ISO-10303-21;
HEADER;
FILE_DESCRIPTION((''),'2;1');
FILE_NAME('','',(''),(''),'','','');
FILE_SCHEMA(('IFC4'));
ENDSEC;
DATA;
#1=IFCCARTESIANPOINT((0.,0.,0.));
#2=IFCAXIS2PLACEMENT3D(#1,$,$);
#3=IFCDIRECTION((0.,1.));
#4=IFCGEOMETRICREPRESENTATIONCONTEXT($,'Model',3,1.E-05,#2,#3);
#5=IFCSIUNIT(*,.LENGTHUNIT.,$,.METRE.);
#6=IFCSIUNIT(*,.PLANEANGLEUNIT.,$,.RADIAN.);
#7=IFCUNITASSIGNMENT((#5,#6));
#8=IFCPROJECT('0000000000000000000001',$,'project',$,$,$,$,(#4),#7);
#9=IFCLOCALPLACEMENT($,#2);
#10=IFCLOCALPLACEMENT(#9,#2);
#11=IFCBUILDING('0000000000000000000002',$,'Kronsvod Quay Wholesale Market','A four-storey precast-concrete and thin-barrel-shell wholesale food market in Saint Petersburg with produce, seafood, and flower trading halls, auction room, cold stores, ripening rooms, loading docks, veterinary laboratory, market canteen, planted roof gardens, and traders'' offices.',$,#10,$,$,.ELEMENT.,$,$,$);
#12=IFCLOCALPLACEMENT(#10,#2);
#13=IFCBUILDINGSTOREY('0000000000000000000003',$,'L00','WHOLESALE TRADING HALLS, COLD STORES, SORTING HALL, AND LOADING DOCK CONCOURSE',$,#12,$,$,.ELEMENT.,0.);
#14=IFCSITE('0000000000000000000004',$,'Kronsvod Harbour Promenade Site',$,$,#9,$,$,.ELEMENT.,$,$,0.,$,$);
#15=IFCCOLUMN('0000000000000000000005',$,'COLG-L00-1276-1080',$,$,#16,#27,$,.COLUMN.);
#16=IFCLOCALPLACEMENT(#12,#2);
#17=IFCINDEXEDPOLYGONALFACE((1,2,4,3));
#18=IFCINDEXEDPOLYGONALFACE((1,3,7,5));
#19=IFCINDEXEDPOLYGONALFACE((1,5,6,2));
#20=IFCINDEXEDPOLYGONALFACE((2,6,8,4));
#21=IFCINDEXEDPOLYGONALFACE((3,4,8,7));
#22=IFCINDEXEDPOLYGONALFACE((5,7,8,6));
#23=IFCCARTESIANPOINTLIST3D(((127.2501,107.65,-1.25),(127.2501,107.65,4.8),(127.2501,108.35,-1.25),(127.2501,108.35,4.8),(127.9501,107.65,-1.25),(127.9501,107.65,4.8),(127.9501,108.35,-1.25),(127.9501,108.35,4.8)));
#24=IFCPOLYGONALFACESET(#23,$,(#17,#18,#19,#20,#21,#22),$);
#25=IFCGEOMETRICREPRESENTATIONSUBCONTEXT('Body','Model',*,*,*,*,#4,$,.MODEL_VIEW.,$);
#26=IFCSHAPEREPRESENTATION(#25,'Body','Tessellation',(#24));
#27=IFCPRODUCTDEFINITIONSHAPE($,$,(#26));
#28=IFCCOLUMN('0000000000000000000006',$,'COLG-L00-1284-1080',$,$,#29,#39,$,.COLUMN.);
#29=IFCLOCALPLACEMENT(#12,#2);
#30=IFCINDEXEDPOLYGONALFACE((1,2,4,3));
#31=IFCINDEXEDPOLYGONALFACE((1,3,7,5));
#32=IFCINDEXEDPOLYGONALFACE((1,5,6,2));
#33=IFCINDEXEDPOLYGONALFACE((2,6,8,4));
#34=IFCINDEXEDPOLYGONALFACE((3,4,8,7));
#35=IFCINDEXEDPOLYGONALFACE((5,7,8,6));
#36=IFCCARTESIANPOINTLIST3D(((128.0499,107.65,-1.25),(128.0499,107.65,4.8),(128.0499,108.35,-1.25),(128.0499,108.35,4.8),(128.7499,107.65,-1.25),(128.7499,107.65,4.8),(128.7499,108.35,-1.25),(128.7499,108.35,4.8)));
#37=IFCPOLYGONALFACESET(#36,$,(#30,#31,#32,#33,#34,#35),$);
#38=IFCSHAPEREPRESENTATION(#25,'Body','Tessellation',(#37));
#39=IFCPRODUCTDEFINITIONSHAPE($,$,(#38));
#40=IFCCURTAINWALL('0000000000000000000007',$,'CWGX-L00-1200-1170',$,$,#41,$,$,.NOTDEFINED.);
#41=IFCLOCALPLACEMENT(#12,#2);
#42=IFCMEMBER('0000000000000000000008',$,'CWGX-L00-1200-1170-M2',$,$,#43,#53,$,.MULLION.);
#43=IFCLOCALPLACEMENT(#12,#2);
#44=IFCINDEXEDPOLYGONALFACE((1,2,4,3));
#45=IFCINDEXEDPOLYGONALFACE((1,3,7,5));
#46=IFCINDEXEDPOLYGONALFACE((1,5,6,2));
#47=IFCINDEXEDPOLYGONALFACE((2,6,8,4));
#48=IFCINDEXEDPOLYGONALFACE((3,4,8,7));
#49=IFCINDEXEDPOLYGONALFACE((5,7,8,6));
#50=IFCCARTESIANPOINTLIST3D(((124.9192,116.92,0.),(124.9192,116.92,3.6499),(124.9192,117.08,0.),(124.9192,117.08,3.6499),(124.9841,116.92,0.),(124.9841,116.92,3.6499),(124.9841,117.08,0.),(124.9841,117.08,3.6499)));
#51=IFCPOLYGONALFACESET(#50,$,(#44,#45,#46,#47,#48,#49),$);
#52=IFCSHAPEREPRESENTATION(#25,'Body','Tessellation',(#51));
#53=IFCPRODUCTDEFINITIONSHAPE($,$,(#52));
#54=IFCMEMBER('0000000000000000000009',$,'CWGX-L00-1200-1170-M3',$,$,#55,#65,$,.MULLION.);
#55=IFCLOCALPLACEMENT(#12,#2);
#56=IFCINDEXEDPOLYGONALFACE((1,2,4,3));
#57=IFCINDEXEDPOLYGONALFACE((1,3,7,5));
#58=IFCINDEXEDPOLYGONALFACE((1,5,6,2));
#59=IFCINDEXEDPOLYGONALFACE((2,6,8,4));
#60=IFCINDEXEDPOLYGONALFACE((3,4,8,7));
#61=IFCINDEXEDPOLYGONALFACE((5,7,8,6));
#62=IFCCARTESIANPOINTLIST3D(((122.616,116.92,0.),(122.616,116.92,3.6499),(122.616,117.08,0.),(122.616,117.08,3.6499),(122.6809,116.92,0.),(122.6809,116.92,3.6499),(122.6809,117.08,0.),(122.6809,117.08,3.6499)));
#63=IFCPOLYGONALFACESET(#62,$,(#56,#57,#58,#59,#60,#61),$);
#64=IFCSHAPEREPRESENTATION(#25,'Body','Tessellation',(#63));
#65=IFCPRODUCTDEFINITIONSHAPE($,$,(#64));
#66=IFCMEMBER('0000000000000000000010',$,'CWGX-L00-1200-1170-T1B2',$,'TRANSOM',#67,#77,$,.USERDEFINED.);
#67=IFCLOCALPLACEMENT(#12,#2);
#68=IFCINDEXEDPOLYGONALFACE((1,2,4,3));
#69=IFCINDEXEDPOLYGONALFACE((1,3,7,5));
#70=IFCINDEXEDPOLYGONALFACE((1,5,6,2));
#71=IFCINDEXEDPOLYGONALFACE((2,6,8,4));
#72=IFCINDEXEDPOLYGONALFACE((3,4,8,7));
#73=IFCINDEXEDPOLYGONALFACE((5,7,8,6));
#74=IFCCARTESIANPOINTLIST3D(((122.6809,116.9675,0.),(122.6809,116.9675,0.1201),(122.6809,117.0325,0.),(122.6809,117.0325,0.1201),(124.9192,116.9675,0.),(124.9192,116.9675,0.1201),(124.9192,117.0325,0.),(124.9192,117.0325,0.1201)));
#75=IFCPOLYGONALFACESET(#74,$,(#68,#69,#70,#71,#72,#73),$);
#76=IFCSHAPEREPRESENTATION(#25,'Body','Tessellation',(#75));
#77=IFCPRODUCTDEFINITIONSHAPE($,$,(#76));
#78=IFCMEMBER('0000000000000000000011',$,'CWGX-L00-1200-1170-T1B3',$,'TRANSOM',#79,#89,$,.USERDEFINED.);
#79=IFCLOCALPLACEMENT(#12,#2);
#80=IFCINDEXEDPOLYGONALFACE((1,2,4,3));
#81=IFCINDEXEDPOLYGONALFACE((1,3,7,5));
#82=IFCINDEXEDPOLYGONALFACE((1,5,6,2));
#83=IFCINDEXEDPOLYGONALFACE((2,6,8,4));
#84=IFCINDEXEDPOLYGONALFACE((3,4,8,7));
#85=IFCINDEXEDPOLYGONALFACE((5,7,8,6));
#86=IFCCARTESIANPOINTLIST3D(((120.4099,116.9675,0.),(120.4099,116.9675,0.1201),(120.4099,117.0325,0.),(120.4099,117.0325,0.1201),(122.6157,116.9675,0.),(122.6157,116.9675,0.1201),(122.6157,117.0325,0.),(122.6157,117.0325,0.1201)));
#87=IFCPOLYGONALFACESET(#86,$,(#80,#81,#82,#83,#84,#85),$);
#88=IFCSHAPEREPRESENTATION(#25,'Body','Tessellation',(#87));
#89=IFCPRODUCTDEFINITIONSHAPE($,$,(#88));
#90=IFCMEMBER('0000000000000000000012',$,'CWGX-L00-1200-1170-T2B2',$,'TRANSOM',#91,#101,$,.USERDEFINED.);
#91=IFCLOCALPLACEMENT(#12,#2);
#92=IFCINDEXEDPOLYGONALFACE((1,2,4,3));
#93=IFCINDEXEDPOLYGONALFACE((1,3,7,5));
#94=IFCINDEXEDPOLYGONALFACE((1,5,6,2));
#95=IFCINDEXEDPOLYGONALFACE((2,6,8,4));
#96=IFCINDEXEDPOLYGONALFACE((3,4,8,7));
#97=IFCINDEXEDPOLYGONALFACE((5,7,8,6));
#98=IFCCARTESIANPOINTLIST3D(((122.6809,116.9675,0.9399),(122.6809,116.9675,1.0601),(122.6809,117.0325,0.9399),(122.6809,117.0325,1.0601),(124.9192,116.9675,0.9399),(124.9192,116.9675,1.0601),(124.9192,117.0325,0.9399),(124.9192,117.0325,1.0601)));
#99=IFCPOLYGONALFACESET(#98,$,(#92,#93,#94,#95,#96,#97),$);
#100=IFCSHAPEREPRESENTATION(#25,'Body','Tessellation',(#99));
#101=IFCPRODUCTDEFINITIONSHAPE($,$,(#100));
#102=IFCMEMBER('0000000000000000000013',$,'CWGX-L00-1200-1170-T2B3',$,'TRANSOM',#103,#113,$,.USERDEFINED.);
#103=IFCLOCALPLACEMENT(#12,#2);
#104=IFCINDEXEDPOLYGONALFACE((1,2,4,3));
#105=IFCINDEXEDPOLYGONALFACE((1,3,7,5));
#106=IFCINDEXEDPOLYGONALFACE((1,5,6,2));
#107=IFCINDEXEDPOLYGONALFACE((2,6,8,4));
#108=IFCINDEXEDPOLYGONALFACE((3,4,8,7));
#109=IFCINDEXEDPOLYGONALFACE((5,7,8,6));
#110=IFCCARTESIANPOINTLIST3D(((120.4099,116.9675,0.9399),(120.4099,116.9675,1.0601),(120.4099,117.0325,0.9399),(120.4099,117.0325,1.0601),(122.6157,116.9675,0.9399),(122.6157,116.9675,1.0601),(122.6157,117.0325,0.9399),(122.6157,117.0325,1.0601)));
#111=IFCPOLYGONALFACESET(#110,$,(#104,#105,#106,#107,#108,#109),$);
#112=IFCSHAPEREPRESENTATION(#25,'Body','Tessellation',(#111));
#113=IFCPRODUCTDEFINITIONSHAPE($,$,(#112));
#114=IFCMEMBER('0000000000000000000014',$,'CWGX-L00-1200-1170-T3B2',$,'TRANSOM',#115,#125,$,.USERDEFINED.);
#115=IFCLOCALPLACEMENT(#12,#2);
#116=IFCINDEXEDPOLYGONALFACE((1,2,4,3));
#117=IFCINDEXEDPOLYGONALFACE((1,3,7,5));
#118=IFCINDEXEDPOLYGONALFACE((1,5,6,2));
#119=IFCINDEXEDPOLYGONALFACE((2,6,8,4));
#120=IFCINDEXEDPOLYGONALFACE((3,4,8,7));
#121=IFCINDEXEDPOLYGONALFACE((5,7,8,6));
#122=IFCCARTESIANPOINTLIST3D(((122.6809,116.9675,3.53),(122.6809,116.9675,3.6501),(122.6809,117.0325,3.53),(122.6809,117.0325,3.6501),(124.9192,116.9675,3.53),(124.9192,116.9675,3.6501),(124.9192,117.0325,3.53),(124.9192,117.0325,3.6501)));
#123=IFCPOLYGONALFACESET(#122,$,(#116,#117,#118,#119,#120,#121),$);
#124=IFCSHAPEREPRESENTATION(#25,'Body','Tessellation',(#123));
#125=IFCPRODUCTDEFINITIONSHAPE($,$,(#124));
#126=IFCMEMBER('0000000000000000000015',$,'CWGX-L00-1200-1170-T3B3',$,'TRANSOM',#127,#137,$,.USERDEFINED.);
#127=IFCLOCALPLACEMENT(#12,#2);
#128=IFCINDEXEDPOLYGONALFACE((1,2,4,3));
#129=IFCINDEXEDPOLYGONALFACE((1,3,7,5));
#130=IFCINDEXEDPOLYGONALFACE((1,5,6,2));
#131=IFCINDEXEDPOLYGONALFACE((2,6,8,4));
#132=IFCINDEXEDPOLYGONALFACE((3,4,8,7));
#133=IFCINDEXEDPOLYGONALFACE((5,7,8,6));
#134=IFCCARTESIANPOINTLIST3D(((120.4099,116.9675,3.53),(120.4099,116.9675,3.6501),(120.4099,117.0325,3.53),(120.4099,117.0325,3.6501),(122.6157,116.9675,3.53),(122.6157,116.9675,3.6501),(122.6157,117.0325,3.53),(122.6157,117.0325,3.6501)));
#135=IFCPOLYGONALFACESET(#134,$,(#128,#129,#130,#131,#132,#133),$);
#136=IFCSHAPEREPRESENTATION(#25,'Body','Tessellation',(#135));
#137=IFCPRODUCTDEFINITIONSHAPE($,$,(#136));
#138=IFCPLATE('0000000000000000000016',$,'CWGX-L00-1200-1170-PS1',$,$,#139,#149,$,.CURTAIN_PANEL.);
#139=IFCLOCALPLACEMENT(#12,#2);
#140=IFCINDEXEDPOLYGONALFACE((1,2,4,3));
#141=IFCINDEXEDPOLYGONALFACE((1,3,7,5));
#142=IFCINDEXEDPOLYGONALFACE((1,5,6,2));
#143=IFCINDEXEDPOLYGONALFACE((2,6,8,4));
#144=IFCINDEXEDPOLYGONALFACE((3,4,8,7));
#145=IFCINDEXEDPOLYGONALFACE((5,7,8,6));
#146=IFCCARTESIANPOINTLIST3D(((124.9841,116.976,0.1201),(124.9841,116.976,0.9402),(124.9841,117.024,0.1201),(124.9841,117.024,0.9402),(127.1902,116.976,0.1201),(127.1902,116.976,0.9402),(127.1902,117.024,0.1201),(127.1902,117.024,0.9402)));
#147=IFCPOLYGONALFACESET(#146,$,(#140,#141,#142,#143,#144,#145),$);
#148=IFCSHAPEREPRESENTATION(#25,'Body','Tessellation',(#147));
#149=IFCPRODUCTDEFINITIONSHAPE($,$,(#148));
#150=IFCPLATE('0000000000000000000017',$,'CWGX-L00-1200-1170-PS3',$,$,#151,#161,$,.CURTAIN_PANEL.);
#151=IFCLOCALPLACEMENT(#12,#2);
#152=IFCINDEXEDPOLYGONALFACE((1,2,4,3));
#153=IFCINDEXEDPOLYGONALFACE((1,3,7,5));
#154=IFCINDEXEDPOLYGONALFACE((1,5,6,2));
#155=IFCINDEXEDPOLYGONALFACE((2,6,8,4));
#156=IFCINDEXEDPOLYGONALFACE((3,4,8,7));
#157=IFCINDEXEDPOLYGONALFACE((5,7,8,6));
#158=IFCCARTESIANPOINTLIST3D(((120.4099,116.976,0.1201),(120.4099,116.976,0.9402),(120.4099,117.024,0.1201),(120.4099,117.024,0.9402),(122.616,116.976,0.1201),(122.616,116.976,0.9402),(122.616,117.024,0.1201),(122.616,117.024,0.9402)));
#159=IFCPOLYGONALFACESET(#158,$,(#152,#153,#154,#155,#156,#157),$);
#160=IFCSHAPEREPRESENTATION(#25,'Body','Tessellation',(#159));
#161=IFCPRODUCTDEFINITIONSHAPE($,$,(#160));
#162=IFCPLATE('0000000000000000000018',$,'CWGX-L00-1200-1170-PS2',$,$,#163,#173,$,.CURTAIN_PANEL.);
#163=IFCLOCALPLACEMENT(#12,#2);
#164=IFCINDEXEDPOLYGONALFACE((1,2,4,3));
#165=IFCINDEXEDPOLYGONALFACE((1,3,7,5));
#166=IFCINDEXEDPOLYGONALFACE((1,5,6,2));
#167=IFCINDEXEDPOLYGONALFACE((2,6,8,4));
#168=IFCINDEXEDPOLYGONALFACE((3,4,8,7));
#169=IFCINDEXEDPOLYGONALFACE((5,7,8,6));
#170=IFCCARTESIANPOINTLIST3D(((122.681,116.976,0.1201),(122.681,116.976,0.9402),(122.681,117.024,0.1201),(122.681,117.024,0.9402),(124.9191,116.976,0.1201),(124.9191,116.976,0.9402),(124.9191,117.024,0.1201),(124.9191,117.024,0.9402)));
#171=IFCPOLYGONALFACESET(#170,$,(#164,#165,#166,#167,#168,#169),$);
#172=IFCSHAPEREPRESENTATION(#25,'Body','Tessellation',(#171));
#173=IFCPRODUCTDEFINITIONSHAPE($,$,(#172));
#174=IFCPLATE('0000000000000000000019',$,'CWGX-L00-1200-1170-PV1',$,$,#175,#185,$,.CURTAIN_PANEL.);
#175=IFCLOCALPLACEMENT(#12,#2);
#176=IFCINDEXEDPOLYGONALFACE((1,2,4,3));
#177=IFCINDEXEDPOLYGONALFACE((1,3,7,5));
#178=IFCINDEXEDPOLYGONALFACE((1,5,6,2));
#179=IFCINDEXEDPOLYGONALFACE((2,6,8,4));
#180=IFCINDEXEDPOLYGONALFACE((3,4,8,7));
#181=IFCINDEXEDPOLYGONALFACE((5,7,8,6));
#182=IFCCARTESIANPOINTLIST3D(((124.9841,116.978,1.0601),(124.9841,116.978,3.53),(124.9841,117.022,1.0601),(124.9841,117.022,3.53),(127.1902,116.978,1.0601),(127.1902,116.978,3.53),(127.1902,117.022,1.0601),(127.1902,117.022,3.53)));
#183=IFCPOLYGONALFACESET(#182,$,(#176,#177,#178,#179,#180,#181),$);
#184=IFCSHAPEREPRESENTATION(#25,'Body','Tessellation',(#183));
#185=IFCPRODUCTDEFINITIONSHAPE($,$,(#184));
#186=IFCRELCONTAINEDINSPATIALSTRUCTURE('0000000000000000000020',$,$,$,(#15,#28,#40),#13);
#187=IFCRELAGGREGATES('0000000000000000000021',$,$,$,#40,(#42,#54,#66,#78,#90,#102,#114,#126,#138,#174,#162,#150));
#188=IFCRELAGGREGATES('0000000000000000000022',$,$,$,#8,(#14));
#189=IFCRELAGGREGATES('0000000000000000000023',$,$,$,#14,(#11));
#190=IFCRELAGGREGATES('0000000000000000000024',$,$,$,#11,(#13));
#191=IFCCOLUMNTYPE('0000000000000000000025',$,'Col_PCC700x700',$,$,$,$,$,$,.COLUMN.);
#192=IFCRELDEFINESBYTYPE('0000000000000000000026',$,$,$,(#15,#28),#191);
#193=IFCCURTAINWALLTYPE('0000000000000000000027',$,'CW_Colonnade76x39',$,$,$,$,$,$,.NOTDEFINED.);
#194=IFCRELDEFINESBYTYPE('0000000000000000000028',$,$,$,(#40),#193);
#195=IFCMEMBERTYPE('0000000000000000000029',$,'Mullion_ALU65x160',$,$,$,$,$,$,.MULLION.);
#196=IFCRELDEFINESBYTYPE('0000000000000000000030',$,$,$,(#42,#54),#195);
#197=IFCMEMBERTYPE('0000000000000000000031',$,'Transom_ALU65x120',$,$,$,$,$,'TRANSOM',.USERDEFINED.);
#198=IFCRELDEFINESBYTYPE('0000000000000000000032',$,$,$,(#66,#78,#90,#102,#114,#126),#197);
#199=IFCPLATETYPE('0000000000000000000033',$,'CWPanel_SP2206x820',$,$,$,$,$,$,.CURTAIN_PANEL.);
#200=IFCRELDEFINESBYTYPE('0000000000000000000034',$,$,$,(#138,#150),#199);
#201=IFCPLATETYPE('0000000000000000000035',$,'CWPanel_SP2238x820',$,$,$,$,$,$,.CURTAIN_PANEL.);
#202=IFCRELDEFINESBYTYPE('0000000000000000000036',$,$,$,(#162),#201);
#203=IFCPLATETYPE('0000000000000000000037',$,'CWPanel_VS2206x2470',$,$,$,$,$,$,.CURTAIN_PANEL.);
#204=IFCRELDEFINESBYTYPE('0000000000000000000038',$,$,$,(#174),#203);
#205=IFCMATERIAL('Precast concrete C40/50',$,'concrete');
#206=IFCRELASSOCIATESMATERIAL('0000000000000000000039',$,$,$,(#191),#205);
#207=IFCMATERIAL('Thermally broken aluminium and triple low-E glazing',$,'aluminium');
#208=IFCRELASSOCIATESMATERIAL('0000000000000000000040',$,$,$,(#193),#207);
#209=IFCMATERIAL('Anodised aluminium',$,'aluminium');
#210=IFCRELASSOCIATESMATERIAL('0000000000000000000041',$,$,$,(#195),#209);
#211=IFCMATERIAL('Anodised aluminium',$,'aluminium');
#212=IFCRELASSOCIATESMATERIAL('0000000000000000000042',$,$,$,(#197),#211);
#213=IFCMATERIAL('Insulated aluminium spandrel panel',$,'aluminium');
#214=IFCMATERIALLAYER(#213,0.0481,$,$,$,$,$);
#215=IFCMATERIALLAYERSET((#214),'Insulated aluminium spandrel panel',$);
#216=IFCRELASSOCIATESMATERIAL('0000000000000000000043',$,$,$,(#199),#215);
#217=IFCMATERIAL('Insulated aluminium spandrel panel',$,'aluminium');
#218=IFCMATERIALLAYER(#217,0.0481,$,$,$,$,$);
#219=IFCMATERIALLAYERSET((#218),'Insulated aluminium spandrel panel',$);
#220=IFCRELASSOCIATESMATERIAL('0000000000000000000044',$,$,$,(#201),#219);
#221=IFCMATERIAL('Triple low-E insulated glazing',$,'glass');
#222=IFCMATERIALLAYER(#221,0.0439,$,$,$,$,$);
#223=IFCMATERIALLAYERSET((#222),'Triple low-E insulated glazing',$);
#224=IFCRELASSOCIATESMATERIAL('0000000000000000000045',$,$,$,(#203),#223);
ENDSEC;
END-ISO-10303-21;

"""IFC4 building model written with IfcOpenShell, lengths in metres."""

from ifc_helpers import new_model, si_unit, direction, frame, origin, origin_2d, place, context, subcontext, project, spatial, rectangle, extrude, material, layer, layer_set, material_profile, profile_set, type_object, element, aggregate, save


model = new_model("IFC4")

# Units and contexts
model_context = context("Model", 3, precision=1e-05, world=origin(), true_north=direction((0.0, 1.0)))
body_context = subcontext(model_context, "Body", "Model", "MODEL_VIEW")
ifc_project = project(units=[si_unit("LENGTHUNIT", "METRE"), si_unit("PLANEANGLEUNIT", "RADIAN")], contexts=[model_context])

# Site, building, storey
site_placement = place(None, origin())
site = spatial("IfcSite", under=ifc_project, at=site_placement, Name="Kronsvod Harbour Promenade Site", CompositionType="ELEMENT", RefElevation=0.0)
building_placement = place(site_placement, origin())
building = spatial("IfcBuilding", under=site, at=building_placement, Name="Kronsvod Quay Wholesale Market", Description="A four-storey precast-concrete and thin-barrel-shell wholesale food market in Saint Petersburg with produce, seafood, and flower trading halls, auction room, cold stores, ripening rooms, loading docks, veterinary laboratory, market canteen, planted roof gardens, and traders' offices.", CompositionType="ELEMENT")
storey_placement = place(building_placement, origin())
storey = spatial("IfcBuildingStorey", under=building, at=storey_placement, Name="L00", Description="WHOLESALE TRADING HALLS, COLD STORES, SORTING HALL, AND LOADING DOCK CONCOURSE", CompositionType="ELEMENT", Elevation=0.0)

# Columns
ifc_material_1 = material(Name="Precast concrete C40/50", Category="concrete")
ifc_material_profile_1 = material_profile(ifc_material_1, rectangle(XDim=0.7, YDim=0.7, at=origin_2d()), Name="PCC700x700")
ifc_profile_set_1 = profile_set([ifc_material_profile_1], Name="Precast concrete C40/50")
column_type = type_object("IfcColumnType", Name="Col_PCC700x700", PredefinedType="COLUMN", material=ifc_profile_set_1)
for number, where, z_axis, x_axis, name in (
    (1, (127.6001, 108.0, -1.25), (0.0, 0.0, 1.0), (1.0, 0.0, 0.0), "COLG-L00-1276-1080"),
    (2, (128.3999, 108.0, -1.25), (0.0, 0.0, 1.0), (1.0, 0.0, 0.0), "COLG-L00-1284-1080"),
):
    element("IfcColumn", number, at=place(storey_placement, frame(where, z_axis=z_axis, x_axis=x_axis)), inside=storey, type_object=column_type, Name=name, PredefinedType="COLUMN", context=body_context, shape_type="SweptSolid", body=[
        extrude(rectangle(XDim=0.7, YDim=0.7, at=origin_2d()), origin(), (0.0, 0.0, 1.0), 6.05),
    ])

# Curtain wall, members, plates
ifc_material_2 = material(Name="Thermally broken aluminium and triple low-E glazing", Category="aluminium")
curtain_wall_type = type_object("IfcCurtainWallType", Name="CW_Colonnade76x39", PredefinedType="NOTDEFINED", material=ifc_material_2)
curtain_wall_placement = place(storey_placement, origin())
curtain_wall = element("IfcCurtainWall", 3, at=curtain_wall_placement, inside=storey, type_object=curtain_wall_type, Name="CWGX-L00-1200-1170", PredefinedType="NOTDEFINED")
ifc_material_3 = material(Name="Anodised aluminium", Category="aluminium")
ifc_material_profile_2 = material_profile(ifc_material_3, rectangle(XDim=0.0649, YDim=0.1599, at=origin_2d()), Name="ALUM65x160")
ifc_profile_set_2 = profile_set([ifc_material_profile_2], Name="Anodised aluminium")
member_type_1 = type_object("IfcMemberType", Name="Mullion_ALU65x160", PredefinedType="MULLION", material=ifc_profile_set_2)
member_1_placement = place(storey_placement, frame((124.9517, 117.0, 0.0), z_axis=(0.0, 0.0, 1.0), x_axis=(1.0, 0.0, 0.0)))
member_1 = element("IfcMember", 4, at=member_1_placement, type_object=member_type_1, Name="CWGX-L00-1200-1170-M2", PredefinedType="MULLION", context=body_context, shape_type="SweptSolid", body=[
    extrude(rectangle(XDim=0.0649, YDim=0.1599, at=origin_2d()), origin(), (0.0, 0.0, 1.0), 3.6499),
])
member_2_placement = place(storey_placement, frame((122.6484, 117.0, 0.0), z_axis=(0.0, 0.0, 1.0), x_axis=(1.0, 0.0, 0.0)))
member_2 = element("IfcMember", 5, at=member_2_placement, type_object=member_type_1, Name="CWGX-L00-1200-1170-M3", PredefinedType="MULLION", context=body_context, shape_type="SweptSolid", body=[
    extrude(rectangle(XDim=0.0649, YDim=0.1599, at=origin_2d()), origin(), (0.0, 0.0, 1.0), 3.6499),
])
ifc_material_4 = material(Name="Anodised aluminium", Category="aluminium")
ifc_material_profile_3 = material_profile(ifc_material_4, rectangle(XDim=0.0649, YDim=0.1201, at=origin_2d()), Name="ALUT65x120")
ifc_profile_set_3 = profile_set([ifc_material_profile_3], Name="Anodised aluminium")
member_type_2 = type_object("IfcMemberType", Name="Transom_ALU65x120", ElementType="TRANSOM", PredefinedType="USERDEFINED", material=ifc_profile_set_3)
member_3_placement = place(storey_placement, frame((124.9192, 117.0, 0.0601), z_axis=(-1.0, 0.0, 0.0), x_axis=(0.0, -1.0, 0.0)))
member_3 = element("IfcMember", 6, at=member_3_placement, type_object=member_type_2, Name="CWGX-L00-1200-1170-T1B2", ObjectType="TRANSOM", PredefinedType="USERDEFINED", context=body_context, shape_type="SweptSolid", body=[
    extrude(rectangle(XDim=0.0649, YDim=0.1201, at=origin_2d()), origin(), (0.0, 0.0, 1.0), 2.2383),
])
member_4_placement = place(storey_placement, frame((122.6157, 117.0, 0.0601), z_axis=(-1.0, 0.0, 0.0), x_axis=(0.0, -1.0, 0.0)))
member_4 = element("IfcMember", 7, at=member_4_placement, type_object=member_type_2, Name="CWGX-L00-1200-1170-T1B3", ObjectType="TRANSOM", PredefinedType="USERDEFINED", context=body_context, shape_type="SweptSolid", body=[
    extrude(rectangle(XDim=0.0649, YDim=0.1201, at=origin_2d()), origin(), (0.0, 0.0, 1.0), 2.2058),
])
member_5_placement = place(storey_placement, frame((124.9192, 117.0, 1.0), z_axis=(-1.0, 0.0, 0.0), x_axis=(0.0, -1.0, 0.0)))
member_5 = element("IfcMember", 8, at=member_5_placement, type_object=member_type_2, Name="CWGX-L00-1200-1170-T2B2", ObjectType="TRANSOM", PredefinedType="USERDEFINED", context=body_context, shape_type="SweptSolid", body=[
    extrude(rectangle(XDim=0.0649, YDim=0.1201, at=origin_2d()), origin(), (0.0, 0.0, 1.0), 2.2383),
])
member_6_placement = place(storey_placement, frame((122.6157, 117.0, 1.0), z_axis=(-1.0, 0.0, 0.0), x_axis=(0.0, -1.0, 0.0)))
member_6 = element("IfcMember", 9, at=member_6_placement, type_object=member_type_2, Name="CWGX-L00-1200-1170-T2B3", ObjectType="TRANSOM", PredefinedType="USERDEFINED", context=body_context, shape_type="SweptSolid", body=[
    extrude(rectangle(XDim=0.0649, YDim=0.1201, at=origin_2d()), origin(), (0.0, 0.0, 1.0), 2.2058),
])
member_7_placement = place(storey_placement, frame((124.9192, 117.0, 3.5901), z_axis=(-1.0, 0.0, 0.0), x_axis=(0.0, -1.0, 0.0)))
member_7 = element("IfcMember", 10, at=member_7_placement, type_object=member_type_2, Name="CWGX-L00-1200-1170-T3B2", ObjectType="TRANSOM", PredefinedType="USERDEFINED", context=body_context, shape_type="SweptSolid", body=[
    extrude(rectangle(XDim=0.0649, YDim=0.1201, at=origin_2d()), origin(), (0.0, 0.0, 1.0), 2.2383),
])
member_8_placement = place(storey_placement, frame((122.6157, 117.0, 3.5901), z_axis=(-1.0, 0.0, 0.0), x_axis=(0.0, -1.0, 0.0)))
member_8 = element("IfcMember", 11, at=member_8_placement, type_object=member_type_2, Name="CWGX-L00-1200-1170-T3B3", ObjectType="TRANSOM", PredefinedType="USERDEFINED", context=body_context, shape_type="SweptSolid", body=[
    extrude(rectangle(XDim=0.0649, YDim=0.1201, at=origin_2d()), origin(), (0.0, 0.0, 1.0), 2.2058),
])
ifc_material_5 = material(Name="Insulated aluminium spandrel panel", Category="aluminium")
ifc_layer_1 = layer(ifc_material_5, 0.0481)
ifc_layer_set_1 = layer_set([ifc_layer_1], Name="Insulated aluminium spandrel panel")
plate_type_1 = type_object("IfcPlateType", Name="CWPanel_SP2206x820", PredefinedType="CURTAIN_PANEL", material=ifc_layer_set_1)
plate_1_placement = place(storey_placement, frame((126.0872, 117.0, 0.1201), z_axis=(0.0, 0.0, 1.0), x_axis=(-1.0, 0.0, 0.0)))
plate_1 = element("IfcPlate", 12, at=plate_1_placement, type_object=plate_type_1, Name="CWGX-L00-1200-1170-PS1", PredefinedType="CURTAIN_PANEL", context=body_context, shape_type="SweptSolid", body=[
    extrude(rectangle(XDim=2.2061, YDim=0.0481, at=origin_2d()), origin(), (0.0, 0.0, 1.0), 0.8201),
])
plate_2_placement = place(storey_placement, frame((121.5129, 117.0, 0.1201), z_axis=(0.0, 0.0, 1.0), x_axis=(-1.0, 0.0, 0.0)))
plate_2 = element("IfcPlate", 13, at=plate_2_placement, type_object=plate_type_1, Name="CWGX-L00-1200-1170-PS3", PredefinedType="CURTAIN_PANEL", context=body_context, shape_type="SweptSolid", body=[
    extrude(rectangle(XDim=2.2061, YDim=0.0481, at=origin_2d()), origin(), (0.0, 0.0, 1.0), 0.8201),
])
ifc_material_6 = material(Name="Insulated aluminium spandrel panel", Category="aluminium")
ifc_layer_2 = layer(ifc_material_6, 0.0481)
ifc_layer_set_2 = layer_set([ifc_layer_2], Name="Insulated aluminium spandrel panel")
plate_type_2 = type_object("IfcPlateType", Name="CWPanel_SP2238x820", PredefinedType="CURTAIN_PANEL", material=ifc_layer_set_2)
plate_3_placement = place(storey_placement, frame((123.8, 117.0, 0.1201), z_axis=(0.0, 0.0, 1.0), x_axis=(-1.0, 0.0, 0.0)))
plate_3 = element("IfcPlate", 14, at=plate_3_placement, type_object=plate_type_2, Name="CWGX-L00-1200-1170-PS2", PredefinedType="CURTAIN_PANEL", context=body_context, shape_type="SweptSolid", body=[
    extrude(rectangle(XDim=2.238, YDim=0.0481, at=origin_2d()), origin(), (0.0, 0.0, 1.0), 0.8201),
])
ifc_material_7 = material(Name="Triple low-E insulated glazing", Category="glass")
ifc_layer_3 = layer(ifc_material_7, 0.0439)
ifc_layer_set_3 = layer_set([ifc_layer_3], Name="Triple low-E insulated glazing")
plate_type_3 = type_object("IfcPlateType", Name="CWPanel_VS2206x2470", PredefinedType="CURTAIN_PANEL", material=ifc_layer_set_3)
plate_4_placement = place(storey_placement, frame((126.0872, 117.0, 1.0601), z_axis=(0.0, 0.0, 1.0), x_axis=(-1.0, 0.0, 0.0)))
plate_4 = element("IfcPlate", 15, at=plate_4_placement, type_object=plate_type_3, Name="CWGX-L00-1200-1170-PV1", PredefinedType="CURTAIN_PANEL", context=body_context, shape_type="SweptSolid", body=[
    extrude(rectangle(XDim=2.2061, YDim=0.0439, at=origin_2d()), origin(), (0.0, 0.0, 1.0), 2.47),
])
aggregate(curtain_wall, [member_1, member_2, member_3, member_4, member_5, member_6, member_7, member_8, plate_1, plate_4, plate_3, plate_2])

save(model, "model.ifc")
